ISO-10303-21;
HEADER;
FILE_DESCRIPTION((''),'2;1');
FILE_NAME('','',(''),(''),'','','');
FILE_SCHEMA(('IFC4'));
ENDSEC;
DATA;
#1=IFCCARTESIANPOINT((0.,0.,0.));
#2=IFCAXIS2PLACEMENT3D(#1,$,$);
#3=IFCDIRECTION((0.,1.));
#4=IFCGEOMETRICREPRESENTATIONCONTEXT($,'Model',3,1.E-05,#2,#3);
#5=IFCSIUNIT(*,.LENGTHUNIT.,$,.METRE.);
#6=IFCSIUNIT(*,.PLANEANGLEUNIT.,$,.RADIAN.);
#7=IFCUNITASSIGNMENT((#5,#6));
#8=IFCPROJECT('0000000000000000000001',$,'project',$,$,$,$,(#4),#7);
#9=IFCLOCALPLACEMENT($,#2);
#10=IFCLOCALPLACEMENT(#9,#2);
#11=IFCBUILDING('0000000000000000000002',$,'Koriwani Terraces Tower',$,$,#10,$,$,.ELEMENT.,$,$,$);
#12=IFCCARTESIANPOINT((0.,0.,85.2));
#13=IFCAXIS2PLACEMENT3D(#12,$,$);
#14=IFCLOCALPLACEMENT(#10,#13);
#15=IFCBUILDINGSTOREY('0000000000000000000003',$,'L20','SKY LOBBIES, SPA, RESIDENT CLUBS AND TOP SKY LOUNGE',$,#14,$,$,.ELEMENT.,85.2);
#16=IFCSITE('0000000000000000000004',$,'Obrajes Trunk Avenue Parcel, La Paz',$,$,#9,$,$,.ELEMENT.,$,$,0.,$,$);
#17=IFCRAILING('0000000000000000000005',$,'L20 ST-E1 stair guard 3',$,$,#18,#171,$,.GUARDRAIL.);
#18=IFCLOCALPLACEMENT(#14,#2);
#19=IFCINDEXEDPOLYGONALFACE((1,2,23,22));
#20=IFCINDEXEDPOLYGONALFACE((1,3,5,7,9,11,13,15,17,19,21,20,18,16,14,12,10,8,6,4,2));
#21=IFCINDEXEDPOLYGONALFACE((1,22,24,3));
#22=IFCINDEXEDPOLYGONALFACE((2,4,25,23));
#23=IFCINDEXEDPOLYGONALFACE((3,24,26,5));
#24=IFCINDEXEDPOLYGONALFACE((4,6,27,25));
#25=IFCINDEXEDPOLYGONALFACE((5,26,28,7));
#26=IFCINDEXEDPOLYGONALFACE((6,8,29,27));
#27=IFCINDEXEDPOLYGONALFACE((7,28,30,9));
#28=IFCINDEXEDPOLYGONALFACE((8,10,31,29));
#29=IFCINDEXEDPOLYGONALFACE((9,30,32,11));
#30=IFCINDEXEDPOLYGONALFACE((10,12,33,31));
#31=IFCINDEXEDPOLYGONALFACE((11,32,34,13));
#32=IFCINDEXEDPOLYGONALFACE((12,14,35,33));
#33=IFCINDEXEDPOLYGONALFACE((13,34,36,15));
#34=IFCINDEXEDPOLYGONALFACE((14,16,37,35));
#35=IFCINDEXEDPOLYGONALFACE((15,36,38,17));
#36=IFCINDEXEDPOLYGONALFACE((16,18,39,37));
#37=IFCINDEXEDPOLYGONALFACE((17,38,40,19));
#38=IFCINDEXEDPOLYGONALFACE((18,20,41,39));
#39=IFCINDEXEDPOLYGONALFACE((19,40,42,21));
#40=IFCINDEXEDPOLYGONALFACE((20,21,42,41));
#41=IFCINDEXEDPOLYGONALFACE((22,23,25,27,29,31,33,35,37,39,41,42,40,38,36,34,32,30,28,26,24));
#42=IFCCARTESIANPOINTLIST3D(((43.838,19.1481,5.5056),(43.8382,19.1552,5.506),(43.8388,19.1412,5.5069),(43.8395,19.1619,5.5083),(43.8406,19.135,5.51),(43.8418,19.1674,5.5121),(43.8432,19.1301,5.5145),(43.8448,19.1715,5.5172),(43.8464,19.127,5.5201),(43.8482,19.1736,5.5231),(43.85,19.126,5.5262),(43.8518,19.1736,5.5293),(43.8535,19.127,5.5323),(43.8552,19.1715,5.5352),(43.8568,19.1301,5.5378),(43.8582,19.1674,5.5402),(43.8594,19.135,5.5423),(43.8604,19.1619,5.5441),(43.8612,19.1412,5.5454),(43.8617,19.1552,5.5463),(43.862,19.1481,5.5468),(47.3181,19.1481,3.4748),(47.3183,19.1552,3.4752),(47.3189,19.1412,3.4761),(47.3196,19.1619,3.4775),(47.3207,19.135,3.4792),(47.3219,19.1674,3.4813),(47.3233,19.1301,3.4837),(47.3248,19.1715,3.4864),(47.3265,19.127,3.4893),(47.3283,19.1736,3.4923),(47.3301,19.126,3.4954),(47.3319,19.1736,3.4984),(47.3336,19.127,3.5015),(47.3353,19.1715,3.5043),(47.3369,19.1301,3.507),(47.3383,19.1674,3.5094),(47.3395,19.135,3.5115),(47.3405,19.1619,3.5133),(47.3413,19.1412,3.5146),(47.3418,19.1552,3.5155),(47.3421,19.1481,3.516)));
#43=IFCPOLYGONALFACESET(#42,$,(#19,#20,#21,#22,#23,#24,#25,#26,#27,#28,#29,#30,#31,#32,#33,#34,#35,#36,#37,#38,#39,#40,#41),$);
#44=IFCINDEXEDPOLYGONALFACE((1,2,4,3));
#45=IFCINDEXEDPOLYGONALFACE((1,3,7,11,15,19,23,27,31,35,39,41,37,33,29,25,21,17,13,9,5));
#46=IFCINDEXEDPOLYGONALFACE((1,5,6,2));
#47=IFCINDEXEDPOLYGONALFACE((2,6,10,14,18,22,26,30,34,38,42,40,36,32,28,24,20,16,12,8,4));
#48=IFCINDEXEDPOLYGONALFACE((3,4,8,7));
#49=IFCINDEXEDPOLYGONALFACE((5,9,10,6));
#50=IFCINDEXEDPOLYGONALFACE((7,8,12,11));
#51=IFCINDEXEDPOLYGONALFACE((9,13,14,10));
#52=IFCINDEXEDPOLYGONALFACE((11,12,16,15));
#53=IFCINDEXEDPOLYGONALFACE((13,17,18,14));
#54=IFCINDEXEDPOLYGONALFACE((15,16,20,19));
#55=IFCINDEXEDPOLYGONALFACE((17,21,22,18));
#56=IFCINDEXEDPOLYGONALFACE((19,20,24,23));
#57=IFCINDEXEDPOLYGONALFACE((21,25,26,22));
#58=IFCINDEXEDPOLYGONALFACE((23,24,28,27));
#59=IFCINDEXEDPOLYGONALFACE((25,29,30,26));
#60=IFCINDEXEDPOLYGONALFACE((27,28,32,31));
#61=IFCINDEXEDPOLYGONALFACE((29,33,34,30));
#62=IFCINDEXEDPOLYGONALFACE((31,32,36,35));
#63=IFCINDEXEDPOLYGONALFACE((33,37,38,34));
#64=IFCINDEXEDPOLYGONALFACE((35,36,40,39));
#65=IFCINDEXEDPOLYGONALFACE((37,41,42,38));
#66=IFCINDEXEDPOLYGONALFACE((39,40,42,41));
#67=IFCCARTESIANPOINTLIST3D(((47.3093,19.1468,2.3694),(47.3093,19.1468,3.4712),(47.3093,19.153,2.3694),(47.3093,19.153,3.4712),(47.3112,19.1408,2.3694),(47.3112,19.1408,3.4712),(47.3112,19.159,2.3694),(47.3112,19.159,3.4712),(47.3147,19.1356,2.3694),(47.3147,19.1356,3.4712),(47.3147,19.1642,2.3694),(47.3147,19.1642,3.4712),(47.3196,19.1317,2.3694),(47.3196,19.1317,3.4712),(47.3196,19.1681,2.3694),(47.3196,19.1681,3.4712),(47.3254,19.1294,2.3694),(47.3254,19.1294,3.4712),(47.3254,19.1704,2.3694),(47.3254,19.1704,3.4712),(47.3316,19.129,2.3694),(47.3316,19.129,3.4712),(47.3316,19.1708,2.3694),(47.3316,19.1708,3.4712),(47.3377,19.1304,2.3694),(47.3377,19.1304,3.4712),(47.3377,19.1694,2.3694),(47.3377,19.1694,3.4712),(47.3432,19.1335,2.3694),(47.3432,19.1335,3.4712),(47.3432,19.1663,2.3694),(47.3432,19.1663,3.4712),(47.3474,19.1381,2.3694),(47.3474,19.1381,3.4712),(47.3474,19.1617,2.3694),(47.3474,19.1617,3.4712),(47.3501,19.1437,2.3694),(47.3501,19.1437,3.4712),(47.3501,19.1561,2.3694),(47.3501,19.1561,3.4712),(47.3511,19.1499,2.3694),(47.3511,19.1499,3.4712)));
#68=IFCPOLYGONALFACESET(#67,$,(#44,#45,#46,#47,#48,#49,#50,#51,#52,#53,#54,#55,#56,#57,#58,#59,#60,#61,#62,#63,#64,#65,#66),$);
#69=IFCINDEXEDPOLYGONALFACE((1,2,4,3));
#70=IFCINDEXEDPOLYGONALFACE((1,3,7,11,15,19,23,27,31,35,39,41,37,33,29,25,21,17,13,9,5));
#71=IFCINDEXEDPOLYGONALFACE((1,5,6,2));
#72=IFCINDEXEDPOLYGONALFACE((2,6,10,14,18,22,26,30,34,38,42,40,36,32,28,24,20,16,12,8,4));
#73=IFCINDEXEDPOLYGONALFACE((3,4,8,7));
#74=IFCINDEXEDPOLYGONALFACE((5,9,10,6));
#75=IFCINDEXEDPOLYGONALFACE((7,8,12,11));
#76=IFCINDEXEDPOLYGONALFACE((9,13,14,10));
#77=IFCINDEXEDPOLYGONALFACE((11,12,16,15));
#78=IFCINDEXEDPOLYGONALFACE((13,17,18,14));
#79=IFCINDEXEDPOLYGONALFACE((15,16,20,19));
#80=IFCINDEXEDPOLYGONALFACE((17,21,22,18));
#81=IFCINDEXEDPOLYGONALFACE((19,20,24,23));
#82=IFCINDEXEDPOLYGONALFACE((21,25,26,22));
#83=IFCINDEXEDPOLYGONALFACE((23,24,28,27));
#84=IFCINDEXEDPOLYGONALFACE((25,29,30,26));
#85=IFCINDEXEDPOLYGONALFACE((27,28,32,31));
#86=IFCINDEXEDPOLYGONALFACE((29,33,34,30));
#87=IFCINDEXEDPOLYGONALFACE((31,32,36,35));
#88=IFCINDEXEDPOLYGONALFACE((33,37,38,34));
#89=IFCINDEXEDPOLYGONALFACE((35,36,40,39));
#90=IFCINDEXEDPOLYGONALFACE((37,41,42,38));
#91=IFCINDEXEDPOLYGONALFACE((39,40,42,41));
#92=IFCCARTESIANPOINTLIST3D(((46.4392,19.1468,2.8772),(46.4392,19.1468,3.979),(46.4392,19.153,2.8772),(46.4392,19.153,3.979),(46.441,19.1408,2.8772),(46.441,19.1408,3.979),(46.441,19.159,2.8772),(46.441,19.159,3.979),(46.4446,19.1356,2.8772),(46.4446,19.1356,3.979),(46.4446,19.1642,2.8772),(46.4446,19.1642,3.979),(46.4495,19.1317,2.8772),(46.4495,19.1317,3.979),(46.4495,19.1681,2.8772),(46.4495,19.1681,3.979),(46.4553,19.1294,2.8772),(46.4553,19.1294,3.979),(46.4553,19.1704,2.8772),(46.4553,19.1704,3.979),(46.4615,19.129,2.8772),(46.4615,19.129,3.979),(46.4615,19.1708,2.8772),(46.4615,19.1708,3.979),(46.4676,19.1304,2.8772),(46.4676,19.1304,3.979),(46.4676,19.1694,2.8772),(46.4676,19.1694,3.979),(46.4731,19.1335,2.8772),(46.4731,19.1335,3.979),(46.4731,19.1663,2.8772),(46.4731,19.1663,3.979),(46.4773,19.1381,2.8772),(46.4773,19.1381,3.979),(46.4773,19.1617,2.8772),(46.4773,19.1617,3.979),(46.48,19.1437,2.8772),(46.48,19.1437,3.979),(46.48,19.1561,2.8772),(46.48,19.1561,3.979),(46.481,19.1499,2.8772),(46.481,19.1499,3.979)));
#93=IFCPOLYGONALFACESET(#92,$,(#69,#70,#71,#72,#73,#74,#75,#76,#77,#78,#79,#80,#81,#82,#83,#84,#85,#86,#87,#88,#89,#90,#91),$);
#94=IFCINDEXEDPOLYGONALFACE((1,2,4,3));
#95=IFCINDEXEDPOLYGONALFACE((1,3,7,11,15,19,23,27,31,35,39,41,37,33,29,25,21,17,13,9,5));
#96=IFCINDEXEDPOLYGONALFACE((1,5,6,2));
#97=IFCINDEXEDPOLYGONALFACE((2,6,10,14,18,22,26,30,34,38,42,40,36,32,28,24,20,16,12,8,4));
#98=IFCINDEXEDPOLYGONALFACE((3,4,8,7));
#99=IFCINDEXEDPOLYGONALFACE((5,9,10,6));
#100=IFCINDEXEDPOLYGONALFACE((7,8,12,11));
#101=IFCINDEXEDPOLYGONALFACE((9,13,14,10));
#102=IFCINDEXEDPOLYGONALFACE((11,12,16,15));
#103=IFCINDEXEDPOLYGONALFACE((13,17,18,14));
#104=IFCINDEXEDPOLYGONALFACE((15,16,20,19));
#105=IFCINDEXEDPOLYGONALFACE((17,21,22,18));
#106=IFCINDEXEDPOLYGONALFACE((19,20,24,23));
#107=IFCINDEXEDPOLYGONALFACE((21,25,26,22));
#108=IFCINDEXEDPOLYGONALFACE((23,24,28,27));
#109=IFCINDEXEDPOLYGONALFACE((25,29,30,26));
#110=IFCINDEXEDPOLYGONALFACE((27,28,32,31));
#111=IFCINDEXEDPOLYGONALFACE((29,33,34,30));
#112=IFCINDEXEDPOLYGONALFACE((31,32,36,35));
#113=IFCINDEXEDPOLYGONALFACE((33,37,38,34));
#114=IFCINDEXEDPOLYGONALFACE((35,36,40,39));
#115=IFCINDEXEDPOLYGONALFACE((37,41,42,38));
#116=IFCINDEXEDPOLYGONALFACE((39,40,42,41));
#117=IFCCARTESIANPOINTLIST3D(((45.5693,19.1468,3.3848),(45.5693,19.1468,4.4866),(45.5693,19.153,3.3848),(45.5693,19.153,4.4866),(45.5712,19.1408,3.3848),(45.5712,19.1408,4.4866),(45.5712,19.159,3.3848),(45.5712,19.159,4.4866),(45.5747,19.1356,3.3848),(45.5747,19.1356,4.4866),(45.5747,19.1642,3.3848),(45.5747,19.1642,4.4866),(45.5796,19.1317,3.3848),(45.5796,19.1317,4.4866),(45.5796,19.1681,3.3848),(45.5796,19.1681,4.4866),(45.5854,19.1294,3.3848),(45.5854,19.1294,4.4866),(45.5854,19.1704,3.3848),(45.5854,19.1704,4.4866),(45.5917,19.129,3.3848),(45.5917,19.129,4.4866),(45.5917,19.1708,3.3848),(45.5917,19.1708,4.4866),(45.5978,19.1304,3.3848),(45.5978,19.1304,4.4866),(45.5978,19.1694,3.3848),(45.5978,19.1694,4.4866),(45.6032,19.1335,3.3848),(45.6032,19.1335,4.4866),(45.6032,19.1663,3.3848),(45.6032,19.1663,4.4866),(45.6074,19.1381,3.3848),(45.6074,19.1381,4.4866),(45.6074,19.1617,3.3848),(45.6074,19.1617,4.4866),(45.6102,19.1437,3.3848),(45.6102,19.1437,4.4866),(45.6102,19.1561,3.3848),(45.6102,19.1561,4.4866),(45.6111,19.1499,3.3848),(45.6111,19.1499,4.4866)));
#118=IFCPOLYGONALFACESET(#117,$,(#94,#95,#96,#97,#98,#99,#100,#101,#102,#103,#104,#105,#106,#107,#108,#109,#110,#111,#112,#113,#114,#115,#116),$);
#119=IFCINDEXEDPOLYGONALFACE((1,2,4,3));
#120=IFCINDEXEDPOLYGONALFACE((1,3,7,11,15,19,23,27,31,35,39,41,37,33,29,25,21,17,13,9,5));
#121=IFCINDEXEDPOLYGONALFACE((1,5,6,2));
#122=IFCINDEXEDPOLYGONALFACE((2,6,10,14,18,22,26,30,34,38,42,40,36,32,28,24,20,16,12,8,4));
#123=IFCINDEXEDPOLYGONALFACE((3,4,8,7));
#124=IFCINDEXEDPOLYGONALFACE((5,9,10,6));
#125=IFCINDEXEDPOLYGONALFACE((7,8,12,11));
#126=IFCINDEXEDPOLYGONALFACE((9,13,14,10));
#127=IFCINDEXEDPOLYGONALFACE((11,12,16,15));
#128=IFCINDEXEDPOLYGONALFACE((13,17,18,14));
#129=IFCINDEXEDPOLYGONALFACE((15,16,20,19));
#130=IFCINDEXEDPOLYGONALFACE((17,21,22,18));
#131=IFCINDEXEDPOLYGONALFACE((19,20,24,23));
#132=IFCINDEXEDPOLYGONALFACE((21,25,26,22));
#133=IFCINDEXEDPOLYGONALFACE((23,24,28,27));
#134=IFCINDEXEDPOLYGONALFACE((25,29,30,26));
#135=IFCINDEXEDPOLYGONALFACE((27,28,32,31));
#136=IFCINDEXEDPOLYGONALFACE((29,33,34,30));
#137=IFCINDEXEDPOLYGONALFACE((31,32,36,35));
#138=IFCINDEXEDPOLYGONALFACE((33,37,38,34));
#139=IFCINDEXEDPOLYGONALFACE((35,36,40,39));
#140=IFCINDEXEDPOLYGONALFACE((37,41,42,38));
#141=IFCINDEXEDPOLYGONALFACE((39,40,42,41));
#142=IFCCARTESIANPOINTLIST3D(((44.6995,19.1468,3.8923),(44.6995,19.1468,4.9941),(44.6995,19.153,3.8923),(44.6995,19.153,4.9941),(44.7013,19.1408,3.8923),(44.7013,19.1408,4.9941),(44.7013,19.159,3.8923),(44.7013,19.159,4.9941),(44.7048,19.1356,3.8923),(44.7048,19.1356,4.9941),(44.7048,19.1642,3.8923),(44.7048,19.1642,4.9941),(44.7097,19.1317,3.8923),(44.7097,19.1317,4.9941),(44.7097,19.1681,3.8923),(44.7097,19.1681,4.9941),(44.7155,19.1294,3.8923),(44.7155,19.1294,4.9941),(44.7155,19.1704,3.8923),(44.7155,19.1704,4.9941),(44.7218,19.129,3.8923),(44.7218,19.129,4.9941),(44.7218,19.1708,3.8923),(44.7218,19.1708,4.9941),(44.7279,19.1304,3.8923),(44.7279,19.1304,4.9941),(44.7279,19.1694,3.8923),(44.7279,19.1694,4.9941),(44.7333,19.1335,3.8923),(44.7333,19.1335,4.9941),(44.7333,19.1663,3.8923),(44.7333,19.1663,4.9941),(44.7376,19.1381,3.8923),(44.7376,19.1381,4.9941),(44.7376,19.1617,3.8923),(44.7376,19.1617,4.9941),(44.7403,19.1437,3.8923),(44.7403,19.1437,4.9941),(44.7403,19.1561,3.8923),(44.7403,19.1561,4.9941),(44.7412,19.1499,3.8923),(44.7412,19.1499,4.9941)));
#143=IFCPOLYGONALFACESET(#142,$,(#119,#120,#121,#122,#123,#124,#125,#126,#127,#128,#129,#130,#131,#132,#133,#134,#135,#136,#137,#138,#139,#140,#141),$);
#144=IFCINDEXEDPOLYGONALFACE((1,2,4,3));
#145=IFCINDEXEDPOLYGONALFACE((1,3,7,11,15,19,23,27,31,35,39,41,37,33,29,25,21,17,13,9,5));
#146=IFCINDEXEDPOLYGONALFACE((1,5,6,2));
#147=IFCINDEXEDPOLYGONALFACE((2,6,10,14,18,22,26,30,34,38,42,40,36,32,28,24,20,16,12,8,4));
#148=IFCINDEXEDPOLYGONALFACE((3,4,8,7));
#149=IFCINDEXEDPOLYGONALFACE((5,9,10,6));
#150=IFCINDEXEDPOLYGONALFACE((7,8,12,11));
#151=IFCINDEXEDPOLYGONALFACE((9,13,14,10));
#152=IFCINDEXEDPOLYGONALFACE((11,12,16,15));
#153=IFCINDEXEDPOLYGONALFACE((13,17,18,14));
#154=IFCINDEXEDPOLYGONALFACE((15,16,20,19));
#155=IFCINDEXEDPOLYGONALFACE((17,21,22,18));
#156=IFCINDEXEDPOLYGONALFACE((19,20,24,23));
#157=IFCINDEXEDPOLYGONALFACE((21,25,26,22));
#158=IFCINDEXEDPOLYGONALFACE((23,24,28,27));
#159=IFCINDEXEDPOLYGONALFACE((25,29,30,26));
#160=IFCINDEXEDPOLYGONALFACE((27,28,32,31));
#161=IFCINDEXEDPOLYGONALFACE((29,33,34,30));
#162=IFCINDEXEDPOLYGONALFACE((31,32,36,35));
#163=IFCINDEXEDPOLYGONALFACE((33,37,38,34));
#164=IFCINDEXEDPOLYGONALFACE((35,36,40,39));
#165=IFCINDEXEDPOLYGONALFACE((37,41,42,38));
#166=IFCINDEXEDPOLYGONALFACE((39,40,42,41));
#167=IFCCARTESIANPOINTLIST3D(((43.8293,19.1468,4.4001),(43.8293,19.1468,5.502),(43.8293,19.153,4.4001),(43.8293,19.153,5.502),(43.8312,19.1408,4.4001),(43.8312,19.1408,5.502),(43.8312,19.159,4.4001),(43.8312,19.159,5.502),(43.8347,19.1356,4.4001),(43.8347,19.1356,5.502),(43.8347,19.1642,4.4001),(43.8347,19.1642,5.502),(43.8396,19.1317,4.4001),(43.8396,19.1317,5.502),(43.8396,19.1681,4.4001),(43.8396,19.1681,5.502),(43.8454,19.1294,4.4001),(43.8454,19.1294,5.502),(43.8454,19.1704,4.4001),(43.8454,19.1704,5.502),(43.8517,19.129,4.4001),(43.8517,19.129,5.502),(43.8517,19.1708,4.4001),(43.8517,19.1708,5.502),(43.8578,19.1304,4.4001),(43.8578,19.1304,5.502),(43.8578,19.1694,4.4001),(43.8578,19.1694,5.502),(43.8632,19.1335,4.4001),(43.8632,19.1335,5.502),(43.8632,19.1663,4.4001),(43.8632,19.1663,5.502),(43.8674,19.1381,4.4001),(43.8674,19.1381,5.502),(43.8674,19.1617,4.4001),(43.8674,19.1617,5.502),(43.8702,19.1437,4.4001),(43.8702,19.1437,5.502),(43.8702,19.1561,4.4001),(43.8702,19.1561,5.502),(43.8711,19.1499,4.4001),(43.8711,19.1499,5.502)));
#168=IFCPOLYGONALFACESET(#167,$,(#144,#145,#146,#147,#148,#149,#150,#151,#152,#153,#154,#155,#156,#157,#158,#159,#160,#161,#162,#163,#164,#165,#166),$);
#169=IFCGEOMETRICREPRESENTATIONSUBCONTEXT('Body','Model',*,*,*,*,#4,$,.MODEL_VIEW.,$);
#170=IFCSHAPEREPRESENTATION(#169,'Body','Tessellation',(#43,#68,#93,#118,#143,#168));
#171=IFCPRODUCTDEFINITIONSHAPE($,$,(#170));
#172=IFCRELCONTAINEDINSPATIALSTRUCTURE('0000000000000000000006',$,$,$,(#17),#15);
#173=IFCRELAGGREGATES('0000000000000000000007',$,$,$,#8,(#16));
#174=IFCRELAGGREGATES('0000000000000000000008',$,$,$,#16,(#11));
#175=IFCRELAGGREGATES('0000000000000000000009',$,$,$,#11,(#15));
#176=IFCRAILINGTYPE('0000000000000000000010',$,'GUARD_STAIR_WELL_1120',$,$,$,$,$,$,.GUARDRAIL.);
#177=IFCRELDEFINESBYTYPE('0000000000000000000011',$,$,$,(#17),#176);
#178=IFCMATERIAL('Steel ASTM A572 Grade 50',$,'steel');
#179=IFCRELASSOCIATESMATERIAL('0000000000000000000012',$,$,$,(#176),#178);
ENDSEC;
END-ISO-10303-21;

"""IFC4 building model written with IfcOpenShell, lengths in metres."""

from ifc_helpers import new_model, si_unit, direction, frame, origin, origin_2d, place, context, subcontext, project, spatial, circle, extrude, material, type_object, element, save


model = new_model("IFC4")

# Units and contexts
model_context = context("Model", 3, precision=1e-05, world=origin(), true_north=direction((0.0, 1.0)))
body_context = subcontext(model_context, "Body", "Model", "MODEL_VIEW")
ifc_project = project(units=[si_unit("LENGTHUNIT", "METRE"), si_unit("PLANEANGLEUNIT", "RADIAN")], contexts=[model_context])

# Site, building, storey
site_placement = place(None, origin())
site = spatial("IfcSite", under=ifc_project, at=site_placement, Name="Obrajes Trunk Avenue Parcel, La Paz", CompositionType="ELEMENT", RefElevation=0.0)
building_placement = place(site_placement, origin())
building = spatial("IfcBuilding", under=site, at=building_placement, Name="Koriwani Terraces Tower", CompositionType="ELEMENT")
storey_placement = place(building_placement, frame((0.0, 0.0, 85.2)))
storey = spatial("IfcBuildingStorey", under=building, at=storey_placement, Name="L20", Description="SKY LOBBIES, SPA, RESIDENT CLUBS AND TOP SKY LOUNGE", CompositionType="ELEMENT", Elevation=85.2)

# Shared definitions
ifc_material_1 = material(Name="Steel ASTM A572 Grade 50", Category="steel")

# Railing
railing_type_1 = type_object("IfcRailingType", Name="GUARD_STAIR_WELL_1120", PredefinedType="GUARDRAIL", material=ifc_material_1)
railing_1_placement = place(storey_placement, frame((47.3301, 19.1499, 2.3694)))
element("IfcRailing", 1, at=railing_1_placement, inside=storey, type_object=railing_type_1, Name="L20 ST-E1 stair guard 3", PredefinedType="GUARDRAIL", context=body_context, shape_type="SweptSolid", body=[
    extrude(circle(Radius=0.0239, at=origin_2d()), frame((0.0, 0.0, 1.126), z_axis=(-0.863695, 0.0, 0.504014), x_axis=(0.0, -1.0, 0.0)), (0.0, 0.0, 1.0), 4.0293),
    extrude(circle(Radius=0.021, at=origin_2d()), origin(), (0.0, 0.0, 1.0), 1.1018),
    extrude(circle(Radius=0.021, at=origin_2d()), frame((-0.8701, 0.0, 0.5078)), (0.0, 0.0, 1.0), 1.1018),
    extrude(circle(Radius=0.021, at=origin_2d()), frame((-1.74, 0.0, 1.0154)), (0.0, 0.0, 1.0), 1.1018),
    extrude(circle(Radius=0.021, at=origin_2d()), frame((-2.6099, 0.0, 1.5229)), (0.0, 0.0, 1.0), 1.1018),
    extrude(circle(Radius=0.021, at=origin_2d()), frame((-3.48, 0.0, 2.0308)), (0.0, 0.0, 1.0), 1.1018),
])

save(model, "model.ifc")
